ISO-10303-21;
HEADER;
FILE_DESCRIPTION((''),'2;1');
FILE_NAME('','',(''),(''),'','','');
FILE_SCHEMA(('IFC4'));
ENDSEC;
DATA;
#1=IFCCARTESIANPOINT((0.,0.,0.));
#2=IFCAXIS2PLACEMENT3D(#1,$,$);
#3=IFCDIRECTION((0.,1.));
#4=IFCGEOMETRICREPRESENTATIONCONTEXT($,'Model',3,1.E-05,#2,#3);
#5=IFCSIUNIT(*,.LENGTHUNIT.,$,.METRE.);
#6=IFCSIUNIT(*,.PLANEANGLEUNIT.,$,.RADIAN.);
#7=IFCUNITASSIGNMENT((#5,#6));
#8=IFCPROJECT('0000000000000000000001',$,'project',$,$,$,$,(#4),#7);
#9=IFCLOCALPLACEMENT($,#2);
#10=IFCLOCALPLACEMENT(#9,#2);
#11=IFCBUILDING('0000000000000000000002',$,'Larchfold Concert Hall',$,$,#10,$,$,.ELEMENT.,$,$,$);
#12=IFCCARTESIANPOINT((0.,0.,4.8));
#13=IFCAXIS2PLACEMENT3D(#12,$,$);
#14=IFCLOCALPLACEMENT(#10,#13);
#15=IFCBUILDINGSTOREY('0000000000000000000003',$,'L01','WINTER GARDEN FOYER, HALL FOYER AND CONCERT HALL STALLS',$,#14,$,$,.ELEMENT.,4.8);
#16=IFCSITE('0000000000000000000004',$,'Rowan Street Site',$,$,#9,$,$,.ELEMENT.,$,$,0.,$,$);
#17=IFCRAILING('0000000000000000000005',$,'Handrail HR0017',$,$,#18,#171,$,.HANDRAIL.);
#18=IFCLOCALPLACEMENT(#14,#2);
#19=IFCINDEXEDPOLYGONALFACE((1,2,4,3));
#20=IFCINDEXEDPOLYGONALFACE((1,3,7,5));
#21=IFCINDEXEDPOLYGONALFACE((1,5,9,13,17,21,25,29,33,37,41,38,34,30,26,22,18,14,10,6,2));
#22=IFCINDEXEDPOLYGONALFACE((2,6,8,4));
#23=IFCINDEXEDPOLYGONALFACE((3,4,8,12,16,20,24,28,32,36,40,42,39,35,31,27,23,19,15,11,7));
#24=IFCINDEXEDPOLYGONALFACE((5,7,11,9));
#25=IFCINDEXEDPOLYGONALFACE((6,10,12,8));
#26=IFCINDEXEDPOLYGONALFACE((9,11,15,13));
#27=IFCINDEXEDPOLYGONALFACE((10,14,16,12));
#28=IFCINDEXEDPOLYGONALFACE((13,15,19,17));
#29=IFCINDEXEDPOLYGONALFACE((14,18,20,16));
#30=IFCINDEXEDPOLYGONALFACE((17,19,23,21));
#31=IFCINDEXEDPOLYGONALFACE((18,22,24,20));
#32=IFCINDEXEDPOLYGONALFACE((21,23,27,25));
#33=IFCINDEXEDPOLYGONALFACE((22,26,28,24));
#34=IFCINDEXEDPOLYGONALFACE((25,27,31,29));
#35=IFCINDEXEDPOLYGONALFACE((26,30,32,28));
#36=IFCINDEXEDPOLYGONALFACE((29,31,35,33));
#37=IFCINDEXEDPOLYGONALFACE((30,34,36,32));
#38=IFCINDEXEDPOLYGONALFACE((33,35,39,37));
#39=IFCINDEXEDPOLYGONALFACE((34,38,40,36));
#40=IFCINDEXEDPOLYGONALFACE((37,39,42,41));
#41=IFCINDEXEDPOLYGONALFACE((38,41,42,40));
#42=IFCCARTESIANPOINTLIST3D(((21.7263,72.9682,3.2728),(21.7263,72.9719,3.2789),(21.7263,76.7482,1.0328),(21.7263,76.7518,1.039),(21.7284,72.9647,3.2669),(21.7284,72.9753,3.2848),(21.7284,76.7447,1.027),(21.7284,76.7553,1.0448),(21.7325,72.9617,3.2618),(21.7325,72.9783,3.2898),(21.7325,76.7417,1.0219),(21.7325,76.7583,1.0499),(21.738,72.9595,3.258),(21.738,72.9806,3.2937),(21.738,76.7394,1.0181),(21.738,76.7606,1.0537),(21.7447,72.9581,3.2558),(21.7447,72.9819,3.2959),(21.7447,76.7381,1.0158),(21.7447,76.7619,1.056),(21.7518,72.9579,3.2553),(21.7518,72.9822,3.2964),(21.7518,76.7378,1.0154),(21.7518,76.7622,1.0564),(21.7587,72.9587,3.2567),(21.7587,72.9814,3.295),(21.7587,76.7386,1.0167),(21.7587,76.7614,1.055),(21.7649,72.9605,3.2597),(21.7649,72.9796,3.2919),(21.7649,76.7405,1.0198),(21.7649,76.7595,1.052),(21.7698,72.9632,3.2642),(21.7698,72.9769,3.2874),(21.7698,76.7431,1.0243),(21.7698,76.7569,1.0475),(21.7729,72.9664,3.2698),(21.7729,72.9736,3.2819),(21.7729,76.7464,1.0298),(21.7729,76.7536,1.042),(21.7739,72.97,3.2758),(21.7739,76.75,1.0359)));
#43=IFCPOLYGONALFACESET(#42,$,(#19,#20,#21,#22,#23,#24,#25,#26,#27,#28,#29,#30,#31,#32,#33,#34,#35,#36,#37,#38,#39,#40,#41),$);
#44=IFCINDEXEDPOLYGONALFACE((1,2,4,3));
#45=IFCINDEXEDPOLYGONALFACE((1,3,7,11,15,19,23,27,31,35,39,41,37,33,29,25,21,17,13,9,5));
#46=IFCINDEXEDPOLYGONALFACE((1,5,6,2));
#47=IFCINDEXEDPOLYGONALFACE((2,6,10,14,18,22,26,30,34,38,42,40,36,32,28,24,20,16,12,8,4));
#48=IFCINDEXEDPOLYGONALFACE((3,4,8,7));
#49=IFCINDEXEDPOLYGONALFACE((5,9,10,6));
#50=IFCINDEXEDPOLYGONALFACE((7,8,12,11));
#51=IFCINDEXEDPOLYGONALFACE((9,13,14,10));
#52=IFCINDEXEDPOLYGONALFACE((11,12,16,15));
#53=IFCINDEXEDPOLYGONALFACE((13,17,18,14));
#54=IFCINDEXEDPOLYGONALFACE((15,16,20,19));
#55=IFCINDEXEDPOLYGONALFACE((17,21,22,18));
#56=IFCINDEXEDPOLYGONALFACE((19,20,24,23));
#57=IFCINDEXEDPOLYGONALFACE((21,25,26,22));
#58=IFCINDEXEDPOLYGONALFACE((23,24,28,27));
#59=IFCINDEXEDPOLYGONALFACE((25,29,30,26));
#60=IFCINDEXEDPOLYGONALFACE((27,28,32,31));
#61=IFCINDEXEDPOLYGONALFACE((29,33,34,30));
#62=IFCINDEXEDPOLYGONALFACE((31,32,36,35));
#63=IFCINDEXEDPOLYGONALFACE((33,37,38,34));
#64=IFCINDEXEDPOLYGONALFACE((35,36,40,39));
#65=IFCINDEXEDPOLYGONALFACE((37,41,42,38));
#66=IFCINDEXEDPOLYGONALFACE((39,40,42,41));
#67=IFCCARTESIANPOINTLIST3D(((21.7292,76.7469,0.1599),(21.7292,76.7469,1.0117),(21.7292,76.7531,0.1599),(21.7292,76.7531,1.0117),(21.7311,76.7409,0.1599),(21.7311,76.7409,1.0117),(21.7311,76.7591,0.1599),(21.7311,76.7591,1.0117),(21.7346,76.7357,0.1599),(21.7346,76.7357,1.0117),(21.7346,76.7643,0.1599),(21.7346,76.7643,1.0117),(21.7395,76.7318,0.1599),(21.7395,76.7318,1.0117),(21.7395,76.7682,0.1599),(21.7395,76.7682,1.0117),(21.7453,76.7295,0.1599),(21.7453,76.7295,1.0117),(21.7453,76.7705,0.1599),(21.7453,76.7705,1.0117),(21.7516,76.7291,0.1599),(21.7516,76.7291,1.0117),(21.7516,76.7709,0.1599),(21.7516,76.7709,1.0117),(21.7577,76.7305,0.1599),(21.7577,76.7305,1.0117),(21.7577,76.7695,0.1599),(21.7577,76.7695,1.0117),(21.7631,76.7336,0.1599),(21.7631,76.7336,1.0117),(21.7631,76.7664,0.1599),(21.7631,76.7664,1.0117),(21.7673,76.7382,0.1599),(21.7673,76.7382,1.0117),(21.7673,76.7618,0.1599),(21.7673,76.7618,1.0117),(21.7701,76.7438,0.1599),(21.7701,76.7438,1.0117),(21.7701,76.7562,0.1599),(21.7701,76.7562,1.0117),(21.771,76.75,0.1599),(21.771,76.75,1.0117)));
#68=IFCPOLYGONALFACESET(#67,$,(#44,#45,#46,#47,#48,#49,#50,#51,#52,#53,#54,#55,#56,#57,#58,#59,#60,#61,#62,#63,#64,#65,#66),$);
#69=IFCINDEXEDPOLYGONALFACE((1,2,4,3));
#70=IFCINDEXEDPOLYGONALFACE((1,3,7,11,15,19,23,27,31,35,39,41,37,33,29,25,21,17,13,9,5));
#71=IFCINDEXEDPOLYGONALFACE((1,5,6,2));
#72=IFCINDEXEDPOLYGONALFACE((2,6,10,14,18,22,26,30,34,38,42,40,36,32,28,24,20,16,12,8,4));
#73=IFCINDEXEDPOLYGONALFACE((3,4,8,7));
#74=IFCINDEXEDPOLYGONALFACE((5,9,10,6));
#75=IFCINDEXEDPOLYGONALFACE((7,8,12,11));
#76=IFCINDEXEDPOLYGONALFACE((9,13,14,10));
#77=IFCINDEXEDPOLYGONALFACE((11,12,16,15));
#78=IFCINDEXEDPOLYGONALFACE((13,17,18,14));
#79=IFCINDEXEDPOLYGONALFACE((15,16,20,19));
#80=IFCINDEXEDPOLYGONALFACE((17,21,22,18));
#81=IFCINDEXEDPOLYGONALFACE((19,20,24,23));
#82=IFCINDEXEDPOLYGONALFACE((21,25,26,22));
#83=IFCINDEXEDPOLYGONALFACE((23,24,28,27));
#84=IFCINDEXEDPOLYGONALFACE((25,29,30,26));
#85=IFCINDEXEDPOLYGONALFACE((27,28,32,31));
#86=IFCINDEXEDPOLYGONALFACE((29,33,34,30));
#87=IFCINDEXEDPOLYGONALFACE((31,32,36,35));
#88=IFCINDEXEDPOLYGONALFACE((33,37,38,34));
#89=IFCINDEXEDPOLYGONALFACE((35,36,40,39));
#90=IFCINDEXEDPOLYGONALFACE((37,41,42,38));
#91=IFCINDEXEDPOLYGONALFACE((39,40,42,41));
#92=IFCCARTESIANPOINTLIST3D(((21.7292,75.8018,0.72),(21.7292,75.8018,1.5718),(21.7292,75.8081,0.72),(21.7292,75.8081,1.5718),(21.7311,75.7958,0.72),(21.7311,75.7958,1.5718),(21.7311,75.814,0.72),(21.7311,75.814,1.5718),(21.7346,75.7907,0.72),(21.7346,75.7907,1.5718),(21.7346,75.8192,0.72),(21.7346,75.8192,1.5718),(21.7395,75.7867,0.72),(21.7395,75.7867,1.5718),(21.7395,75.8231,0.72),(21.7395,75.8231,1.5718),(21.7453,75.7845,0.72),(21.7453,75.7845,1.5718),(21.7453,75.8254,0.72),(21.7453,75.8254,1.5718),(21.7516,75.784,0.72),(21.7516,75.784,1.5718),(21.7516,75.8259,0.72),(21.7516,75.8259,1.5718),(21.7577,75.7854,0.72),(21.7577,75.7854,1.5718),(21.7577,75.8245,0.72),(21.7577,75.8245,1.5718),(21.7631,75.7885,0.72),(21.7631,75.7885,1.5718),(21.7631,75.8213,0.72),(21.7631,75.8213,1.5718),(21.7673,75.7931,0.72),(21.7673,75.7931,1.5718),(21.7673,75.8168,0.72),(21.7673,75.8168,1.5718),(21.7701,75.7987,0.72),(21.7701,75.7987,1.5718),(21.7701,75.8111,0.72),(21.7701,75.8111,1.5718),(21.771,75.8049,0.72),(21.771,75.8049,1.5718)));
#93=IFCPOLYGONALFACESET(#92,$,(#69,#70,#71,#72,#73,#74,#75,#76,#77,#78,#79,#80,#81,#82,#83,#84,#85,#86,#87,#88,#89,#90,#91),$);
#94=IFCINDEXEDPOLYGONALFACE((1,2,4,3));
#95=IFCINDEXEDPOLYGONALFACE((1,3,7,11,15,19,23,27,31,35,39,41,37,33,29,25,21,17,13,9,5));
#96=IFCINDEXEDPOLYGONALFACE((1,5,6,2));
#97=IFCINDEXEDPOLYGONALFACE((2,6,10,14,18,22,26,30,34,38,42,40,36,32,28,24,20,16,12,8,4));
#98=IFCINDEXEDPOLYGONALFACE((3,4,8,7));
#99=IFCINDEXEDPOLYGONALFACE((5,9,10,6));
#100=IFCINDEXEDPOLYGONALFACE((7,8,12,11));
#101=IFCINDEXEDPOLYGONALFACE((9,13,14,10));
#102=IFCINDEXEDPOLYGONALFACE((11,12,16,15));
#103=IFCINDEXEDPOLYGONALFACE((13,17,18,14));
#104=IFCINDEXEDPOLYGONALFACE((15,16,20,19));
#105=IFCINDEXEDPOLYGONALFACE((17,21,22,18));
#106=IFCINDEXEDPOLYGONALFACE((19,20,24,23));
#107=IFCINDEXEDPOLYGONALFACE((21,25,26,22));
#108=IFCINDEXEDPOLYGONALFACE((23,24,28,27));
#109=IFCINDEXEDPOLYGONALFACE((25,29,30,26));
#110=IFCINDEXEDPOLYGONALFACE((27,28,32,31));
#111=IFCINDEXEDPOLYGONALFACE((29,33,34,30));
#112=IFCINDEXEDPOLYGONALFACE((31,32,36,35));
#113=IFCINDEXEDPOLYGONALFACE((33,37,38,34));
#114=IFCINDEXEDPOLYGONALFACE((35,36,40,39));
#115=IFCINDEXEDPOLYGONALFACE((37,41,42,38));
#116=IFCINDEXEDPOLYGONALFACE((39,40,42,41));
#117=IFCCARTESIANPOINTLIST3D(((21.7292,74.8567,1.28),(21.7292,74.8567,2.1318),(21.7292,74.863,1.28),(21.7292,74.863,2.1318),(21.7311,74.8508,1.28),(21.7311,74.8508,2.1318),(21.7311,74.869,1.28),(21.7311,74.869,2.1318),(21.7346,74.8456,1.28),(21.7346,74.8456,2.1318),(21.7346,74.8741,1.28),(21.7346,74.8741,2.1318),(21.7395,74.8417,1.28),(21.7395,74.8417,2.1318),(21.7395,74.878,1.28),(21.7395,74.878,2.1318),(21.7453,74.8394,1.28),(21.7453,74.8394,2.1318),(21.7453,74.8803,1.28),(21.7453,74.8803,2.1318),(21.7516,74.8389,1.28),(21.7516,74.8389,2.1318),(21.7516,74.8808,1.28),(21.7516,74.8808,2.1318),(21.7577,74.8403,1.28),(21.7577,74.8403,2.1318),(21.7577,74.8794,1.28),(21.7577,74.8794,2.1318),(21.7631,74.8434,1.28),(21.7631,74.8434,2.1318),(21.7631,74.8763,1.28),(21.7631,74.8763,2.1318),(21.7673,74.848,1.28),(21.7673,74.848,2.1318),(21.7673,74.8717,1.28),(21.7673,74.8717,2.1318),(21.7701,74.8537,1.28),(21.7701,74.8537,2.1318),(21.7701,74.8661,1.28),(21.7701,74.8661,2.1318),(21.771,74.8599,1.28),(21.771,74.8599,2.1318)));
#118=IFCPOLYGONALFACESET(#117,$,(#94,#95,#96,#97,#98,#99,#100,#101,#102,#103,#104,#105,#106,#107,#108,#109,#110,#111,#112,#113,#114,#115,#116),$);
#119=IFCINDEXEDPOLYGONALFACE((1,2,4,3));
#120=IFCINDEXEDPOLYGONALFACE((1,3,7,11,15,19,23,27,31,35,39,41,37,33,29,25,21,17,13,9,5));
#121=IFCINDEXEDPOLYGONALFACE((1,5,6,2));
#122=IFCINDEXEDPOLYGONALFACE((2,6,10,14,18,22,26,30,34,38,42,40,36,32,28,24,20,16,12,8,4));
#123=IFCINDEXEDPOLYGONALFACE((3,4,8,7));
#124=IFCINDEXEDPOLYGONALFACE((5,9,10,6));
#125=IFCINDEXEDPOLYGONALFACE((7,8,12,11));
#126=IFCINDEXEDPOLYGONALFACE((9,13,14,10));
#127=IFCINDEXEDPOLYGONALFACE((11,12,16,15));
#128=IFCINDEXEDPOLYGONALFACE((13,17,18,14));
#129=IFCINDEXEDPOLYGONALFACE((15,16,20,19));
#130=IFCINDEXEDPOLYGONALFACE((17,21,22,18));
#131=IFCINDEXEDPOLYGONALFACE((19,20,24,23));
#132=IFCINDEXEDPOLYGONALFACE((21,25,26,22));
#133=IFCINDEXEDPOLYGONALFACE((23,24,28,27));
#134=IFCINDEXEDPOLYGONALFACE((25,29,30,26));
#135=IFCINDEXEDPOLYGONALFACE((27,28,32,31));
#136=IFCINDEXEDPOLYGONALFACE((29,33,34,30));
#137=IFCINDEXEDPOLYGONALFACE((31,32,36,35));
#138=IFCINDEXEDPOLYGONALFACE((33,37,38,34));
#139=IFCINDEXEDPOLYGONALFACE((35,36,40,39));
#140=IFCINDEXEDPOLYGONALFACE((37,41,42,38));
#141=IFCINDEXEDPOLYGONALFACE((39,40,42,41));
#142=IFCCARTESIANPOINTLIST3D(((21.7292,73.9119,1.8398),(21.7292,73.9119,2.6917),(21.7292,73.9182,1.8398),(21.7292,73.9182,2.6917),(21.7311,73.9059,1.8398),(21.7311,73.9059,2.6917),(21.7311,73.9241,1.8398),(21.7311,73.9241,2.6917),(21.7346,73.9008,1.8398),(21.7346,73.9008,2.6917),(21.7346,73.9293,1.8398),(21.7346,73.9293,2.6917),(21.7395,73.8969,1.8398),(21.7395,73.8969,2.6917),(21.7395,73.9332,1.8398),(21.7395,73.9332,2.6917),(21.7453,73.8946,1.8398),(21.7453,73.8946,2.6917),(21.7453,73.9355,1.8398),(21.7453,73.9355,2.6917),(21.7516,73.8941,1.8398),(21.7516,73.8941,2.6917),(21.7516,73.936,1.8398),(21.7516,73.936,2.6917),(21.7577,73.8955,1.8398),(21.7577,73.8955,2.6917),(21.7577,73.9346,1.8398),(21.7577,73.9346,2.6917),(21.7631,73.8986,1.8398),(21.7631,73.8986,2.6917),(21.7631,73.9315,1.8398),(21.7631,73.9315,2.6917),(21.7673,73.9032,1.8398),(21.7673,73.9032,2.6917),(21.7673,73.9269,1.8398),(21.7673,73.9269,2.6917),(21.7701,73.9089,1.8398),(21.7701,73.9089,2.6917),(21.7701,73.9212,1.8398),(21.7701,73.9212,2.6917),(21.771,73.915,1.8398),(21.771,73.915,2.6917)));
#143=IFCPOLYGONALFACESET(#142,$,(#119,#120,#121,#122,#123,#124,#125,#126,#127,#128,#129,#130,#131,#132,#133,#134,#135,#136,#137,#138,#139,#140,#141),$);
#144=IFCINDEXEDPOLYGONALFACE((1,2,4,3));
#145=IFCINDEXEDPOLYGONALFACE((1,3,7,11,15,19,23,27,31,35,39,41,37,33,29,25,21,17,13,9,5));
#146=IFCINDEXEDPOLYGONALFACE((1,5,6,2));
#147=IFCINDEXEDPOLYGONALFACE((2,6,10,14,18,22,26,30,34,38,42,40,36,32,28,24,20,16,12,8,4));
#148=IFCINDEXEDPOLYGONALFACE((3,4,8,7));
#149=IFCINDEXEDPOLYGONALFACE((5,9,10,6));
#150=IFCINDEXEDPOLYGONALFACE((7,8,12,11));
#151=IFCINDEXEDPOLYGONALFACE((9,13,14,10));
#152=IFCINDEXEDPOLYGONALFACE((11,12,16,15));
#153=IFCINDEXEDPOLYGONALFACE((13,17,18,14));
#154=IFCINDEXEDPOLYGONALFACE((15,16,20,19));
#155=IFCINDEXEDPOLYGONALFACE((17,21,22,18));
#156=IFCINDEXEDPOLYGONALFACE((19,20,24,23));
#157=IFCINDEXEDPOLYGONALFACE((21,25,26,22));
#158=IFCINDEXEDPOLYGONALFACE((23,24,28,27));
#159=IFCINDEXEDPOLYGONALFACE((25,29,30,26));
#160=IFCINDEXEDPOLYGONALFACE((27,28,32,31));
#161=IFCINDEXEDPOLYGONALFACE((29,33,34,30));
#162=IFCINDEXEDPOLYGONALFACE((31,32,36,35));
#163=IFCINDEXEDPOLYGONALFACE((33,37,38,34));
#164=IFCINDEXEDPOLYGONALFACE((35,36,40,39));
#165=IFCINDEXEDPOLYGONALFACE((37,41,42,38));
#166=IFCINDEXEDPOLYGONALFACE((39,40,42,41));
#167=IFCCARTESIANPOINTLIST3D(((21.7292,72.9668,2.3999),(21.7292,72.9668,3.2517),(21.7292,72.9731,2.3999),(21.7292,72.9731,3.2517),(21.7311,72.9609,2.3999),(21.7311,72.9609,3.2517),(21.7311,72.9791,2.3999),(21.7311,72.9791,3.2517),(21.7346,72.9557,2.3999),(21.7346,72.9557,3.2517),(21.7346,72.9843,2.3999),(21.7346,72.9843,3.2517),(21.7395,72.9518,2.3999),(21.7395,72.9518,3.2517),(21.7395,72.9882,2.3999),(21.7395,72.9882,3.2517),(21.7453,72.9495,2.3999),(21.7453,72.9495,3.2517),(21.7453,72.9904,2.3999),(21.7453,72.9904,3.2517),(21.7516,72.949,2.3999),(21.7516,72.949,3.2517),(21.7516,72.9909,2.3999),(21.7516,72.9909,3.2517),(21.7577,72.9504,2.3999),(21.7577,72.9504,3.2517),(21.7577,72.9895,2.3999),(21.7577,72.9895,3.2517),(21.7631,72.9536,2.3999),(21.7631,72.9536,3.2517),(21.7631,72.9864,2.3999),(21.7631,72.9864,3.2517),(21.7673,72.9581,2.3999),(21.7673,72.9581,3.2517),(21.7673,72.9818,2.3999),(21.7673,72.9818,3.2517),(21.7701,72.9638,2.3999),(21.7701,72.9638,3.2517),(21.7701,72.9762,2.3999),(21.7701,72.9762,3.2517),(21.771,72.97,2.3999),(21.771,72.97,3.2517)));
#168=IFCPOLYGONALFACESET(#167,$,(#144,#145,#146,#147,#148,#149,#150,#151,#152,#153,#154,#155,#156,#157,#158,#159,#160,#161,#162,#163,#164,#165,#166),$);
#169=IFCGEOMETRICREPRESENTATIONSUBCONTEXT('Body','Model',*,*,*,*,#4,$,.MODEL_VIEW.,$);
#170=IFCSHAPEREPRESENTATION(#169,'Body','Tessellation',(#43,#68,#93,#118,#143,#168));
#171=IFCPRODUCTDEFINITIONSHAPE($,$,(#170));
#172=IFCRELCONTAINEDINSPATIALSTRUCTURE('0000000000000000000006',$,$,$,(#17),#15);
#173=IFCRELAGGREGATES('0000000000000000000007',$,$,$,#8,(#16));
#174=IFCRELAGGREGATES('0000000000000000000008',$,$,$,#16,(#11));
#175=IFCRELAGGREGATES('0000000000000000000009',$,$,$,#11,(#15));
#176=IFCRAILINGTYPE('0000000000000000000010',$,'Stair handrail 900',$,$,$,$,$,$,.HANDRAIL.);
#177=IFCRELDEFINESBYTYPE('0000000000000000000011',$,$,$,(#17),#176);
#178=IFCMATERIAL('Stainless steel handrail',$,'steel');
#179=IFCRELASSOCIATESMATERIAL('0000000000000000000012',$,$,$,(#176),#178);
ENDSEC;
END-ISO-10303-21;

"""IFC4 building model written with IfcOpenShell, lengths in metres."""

from ifc_helpers import new_model, si_unit, direction, frame, origin, origin_2d, place, context, subcontext, project, spatial, circle, extrude, material, type_object, element, save


model = new_model("IFC4")

# Units and contexts
model_context = context("Model", 3, precision=1e-05, world=origin(), true_north=direction((0.0, 1.0)))
body_context = subcontext(model_context, "Body", "Model", "MODEL_VIEW")
ifc_project = project(units=[si_unit("LENGTHUNIT", "METRE"), si_unit("PLANEANGLEUNIT", "RADIAN")], contexts=[model_context])

# Site, building, storey
site_placement = place(None, origin())
site = spatial("IfcSite", under=ifc_project, at=site_placement, Name="Rowan Street Site", CompositionType="ELEMENT", RefElevation=0.0)
building_placement = place(site_placement, origin())
building = spatial("IfcBuilding", under=site, at=building_placement, Name="Larchfold Concert Hall", CompositionType="ELEMENT")
storey_placement = place(building_placement, frame((0.0, 0.0, 4.8)))
storey = spatial("IfcBuildingStorey", under=building, at=storey_placement, Name="L01", Description="WINTER GARDEN FOYER, HALL FOYER AND CONCERT HALL STALLS", CompositionType="ELEMENT", Elevation=4.8)

# Railing
ifc_material_1 = material(Name="Stainless steel handrail", Category="steel")
railing_type_1 = type_object("IfcRailingType", Name="Stair handrail 900", PredefinedType="HANDRAIL", material=ifc_material_1)
for number, where, name in (
    (1, (21.75, 76.75, 0.1599), "Handrail HR0017"),
):
    element("IfcRailing", number, at=place(storey_placement, frame(where)), inside=storey, type_object=railing_type_1, Name=name, PredefinedType="HANDRAIL", context=body_context, shape_type="SweptSolid", body=[
        extrude(circle(Radius=0.0239, at=origin_2d()), frame((0.0, 0.0, 0.876), z_axis=(0.0, -0.860294, 0.509798), x_axis=(1.0, 0.0, 0.0)), (0.0, 0.0, 1.0), 4.3938),
        extrude(circle(Radius=0.021, at=origin_2d()), origin(), (0.0, 0.0, 1.0), 0.8518),
        extrude(circle(Radius=0.021, at=origin_2d()), frame((0.0, -0.9451, 0.5601)), (0.0, 0.0, 1.0), 0.8518),
        extrude(circle(Radius=0.021, at=origin_2d()), frame((0.0, -1.8901, 1.1201)), (0.0, 0.0, 1.0), 0.8518),
        extrude(circle(Radius=0.021, at=origin_2d()), frame((0.0, -2.835, 1.6799)), (0.0, 0.0, 1.0), 0.8518),
        extrude(circle(Radius=0.021, at=origin_2d()), frame((0.0, -3.78, 2.24)), (0.0, 0.0, 1.0), 0.8518),
    ])

save(model, "model.ifc")
